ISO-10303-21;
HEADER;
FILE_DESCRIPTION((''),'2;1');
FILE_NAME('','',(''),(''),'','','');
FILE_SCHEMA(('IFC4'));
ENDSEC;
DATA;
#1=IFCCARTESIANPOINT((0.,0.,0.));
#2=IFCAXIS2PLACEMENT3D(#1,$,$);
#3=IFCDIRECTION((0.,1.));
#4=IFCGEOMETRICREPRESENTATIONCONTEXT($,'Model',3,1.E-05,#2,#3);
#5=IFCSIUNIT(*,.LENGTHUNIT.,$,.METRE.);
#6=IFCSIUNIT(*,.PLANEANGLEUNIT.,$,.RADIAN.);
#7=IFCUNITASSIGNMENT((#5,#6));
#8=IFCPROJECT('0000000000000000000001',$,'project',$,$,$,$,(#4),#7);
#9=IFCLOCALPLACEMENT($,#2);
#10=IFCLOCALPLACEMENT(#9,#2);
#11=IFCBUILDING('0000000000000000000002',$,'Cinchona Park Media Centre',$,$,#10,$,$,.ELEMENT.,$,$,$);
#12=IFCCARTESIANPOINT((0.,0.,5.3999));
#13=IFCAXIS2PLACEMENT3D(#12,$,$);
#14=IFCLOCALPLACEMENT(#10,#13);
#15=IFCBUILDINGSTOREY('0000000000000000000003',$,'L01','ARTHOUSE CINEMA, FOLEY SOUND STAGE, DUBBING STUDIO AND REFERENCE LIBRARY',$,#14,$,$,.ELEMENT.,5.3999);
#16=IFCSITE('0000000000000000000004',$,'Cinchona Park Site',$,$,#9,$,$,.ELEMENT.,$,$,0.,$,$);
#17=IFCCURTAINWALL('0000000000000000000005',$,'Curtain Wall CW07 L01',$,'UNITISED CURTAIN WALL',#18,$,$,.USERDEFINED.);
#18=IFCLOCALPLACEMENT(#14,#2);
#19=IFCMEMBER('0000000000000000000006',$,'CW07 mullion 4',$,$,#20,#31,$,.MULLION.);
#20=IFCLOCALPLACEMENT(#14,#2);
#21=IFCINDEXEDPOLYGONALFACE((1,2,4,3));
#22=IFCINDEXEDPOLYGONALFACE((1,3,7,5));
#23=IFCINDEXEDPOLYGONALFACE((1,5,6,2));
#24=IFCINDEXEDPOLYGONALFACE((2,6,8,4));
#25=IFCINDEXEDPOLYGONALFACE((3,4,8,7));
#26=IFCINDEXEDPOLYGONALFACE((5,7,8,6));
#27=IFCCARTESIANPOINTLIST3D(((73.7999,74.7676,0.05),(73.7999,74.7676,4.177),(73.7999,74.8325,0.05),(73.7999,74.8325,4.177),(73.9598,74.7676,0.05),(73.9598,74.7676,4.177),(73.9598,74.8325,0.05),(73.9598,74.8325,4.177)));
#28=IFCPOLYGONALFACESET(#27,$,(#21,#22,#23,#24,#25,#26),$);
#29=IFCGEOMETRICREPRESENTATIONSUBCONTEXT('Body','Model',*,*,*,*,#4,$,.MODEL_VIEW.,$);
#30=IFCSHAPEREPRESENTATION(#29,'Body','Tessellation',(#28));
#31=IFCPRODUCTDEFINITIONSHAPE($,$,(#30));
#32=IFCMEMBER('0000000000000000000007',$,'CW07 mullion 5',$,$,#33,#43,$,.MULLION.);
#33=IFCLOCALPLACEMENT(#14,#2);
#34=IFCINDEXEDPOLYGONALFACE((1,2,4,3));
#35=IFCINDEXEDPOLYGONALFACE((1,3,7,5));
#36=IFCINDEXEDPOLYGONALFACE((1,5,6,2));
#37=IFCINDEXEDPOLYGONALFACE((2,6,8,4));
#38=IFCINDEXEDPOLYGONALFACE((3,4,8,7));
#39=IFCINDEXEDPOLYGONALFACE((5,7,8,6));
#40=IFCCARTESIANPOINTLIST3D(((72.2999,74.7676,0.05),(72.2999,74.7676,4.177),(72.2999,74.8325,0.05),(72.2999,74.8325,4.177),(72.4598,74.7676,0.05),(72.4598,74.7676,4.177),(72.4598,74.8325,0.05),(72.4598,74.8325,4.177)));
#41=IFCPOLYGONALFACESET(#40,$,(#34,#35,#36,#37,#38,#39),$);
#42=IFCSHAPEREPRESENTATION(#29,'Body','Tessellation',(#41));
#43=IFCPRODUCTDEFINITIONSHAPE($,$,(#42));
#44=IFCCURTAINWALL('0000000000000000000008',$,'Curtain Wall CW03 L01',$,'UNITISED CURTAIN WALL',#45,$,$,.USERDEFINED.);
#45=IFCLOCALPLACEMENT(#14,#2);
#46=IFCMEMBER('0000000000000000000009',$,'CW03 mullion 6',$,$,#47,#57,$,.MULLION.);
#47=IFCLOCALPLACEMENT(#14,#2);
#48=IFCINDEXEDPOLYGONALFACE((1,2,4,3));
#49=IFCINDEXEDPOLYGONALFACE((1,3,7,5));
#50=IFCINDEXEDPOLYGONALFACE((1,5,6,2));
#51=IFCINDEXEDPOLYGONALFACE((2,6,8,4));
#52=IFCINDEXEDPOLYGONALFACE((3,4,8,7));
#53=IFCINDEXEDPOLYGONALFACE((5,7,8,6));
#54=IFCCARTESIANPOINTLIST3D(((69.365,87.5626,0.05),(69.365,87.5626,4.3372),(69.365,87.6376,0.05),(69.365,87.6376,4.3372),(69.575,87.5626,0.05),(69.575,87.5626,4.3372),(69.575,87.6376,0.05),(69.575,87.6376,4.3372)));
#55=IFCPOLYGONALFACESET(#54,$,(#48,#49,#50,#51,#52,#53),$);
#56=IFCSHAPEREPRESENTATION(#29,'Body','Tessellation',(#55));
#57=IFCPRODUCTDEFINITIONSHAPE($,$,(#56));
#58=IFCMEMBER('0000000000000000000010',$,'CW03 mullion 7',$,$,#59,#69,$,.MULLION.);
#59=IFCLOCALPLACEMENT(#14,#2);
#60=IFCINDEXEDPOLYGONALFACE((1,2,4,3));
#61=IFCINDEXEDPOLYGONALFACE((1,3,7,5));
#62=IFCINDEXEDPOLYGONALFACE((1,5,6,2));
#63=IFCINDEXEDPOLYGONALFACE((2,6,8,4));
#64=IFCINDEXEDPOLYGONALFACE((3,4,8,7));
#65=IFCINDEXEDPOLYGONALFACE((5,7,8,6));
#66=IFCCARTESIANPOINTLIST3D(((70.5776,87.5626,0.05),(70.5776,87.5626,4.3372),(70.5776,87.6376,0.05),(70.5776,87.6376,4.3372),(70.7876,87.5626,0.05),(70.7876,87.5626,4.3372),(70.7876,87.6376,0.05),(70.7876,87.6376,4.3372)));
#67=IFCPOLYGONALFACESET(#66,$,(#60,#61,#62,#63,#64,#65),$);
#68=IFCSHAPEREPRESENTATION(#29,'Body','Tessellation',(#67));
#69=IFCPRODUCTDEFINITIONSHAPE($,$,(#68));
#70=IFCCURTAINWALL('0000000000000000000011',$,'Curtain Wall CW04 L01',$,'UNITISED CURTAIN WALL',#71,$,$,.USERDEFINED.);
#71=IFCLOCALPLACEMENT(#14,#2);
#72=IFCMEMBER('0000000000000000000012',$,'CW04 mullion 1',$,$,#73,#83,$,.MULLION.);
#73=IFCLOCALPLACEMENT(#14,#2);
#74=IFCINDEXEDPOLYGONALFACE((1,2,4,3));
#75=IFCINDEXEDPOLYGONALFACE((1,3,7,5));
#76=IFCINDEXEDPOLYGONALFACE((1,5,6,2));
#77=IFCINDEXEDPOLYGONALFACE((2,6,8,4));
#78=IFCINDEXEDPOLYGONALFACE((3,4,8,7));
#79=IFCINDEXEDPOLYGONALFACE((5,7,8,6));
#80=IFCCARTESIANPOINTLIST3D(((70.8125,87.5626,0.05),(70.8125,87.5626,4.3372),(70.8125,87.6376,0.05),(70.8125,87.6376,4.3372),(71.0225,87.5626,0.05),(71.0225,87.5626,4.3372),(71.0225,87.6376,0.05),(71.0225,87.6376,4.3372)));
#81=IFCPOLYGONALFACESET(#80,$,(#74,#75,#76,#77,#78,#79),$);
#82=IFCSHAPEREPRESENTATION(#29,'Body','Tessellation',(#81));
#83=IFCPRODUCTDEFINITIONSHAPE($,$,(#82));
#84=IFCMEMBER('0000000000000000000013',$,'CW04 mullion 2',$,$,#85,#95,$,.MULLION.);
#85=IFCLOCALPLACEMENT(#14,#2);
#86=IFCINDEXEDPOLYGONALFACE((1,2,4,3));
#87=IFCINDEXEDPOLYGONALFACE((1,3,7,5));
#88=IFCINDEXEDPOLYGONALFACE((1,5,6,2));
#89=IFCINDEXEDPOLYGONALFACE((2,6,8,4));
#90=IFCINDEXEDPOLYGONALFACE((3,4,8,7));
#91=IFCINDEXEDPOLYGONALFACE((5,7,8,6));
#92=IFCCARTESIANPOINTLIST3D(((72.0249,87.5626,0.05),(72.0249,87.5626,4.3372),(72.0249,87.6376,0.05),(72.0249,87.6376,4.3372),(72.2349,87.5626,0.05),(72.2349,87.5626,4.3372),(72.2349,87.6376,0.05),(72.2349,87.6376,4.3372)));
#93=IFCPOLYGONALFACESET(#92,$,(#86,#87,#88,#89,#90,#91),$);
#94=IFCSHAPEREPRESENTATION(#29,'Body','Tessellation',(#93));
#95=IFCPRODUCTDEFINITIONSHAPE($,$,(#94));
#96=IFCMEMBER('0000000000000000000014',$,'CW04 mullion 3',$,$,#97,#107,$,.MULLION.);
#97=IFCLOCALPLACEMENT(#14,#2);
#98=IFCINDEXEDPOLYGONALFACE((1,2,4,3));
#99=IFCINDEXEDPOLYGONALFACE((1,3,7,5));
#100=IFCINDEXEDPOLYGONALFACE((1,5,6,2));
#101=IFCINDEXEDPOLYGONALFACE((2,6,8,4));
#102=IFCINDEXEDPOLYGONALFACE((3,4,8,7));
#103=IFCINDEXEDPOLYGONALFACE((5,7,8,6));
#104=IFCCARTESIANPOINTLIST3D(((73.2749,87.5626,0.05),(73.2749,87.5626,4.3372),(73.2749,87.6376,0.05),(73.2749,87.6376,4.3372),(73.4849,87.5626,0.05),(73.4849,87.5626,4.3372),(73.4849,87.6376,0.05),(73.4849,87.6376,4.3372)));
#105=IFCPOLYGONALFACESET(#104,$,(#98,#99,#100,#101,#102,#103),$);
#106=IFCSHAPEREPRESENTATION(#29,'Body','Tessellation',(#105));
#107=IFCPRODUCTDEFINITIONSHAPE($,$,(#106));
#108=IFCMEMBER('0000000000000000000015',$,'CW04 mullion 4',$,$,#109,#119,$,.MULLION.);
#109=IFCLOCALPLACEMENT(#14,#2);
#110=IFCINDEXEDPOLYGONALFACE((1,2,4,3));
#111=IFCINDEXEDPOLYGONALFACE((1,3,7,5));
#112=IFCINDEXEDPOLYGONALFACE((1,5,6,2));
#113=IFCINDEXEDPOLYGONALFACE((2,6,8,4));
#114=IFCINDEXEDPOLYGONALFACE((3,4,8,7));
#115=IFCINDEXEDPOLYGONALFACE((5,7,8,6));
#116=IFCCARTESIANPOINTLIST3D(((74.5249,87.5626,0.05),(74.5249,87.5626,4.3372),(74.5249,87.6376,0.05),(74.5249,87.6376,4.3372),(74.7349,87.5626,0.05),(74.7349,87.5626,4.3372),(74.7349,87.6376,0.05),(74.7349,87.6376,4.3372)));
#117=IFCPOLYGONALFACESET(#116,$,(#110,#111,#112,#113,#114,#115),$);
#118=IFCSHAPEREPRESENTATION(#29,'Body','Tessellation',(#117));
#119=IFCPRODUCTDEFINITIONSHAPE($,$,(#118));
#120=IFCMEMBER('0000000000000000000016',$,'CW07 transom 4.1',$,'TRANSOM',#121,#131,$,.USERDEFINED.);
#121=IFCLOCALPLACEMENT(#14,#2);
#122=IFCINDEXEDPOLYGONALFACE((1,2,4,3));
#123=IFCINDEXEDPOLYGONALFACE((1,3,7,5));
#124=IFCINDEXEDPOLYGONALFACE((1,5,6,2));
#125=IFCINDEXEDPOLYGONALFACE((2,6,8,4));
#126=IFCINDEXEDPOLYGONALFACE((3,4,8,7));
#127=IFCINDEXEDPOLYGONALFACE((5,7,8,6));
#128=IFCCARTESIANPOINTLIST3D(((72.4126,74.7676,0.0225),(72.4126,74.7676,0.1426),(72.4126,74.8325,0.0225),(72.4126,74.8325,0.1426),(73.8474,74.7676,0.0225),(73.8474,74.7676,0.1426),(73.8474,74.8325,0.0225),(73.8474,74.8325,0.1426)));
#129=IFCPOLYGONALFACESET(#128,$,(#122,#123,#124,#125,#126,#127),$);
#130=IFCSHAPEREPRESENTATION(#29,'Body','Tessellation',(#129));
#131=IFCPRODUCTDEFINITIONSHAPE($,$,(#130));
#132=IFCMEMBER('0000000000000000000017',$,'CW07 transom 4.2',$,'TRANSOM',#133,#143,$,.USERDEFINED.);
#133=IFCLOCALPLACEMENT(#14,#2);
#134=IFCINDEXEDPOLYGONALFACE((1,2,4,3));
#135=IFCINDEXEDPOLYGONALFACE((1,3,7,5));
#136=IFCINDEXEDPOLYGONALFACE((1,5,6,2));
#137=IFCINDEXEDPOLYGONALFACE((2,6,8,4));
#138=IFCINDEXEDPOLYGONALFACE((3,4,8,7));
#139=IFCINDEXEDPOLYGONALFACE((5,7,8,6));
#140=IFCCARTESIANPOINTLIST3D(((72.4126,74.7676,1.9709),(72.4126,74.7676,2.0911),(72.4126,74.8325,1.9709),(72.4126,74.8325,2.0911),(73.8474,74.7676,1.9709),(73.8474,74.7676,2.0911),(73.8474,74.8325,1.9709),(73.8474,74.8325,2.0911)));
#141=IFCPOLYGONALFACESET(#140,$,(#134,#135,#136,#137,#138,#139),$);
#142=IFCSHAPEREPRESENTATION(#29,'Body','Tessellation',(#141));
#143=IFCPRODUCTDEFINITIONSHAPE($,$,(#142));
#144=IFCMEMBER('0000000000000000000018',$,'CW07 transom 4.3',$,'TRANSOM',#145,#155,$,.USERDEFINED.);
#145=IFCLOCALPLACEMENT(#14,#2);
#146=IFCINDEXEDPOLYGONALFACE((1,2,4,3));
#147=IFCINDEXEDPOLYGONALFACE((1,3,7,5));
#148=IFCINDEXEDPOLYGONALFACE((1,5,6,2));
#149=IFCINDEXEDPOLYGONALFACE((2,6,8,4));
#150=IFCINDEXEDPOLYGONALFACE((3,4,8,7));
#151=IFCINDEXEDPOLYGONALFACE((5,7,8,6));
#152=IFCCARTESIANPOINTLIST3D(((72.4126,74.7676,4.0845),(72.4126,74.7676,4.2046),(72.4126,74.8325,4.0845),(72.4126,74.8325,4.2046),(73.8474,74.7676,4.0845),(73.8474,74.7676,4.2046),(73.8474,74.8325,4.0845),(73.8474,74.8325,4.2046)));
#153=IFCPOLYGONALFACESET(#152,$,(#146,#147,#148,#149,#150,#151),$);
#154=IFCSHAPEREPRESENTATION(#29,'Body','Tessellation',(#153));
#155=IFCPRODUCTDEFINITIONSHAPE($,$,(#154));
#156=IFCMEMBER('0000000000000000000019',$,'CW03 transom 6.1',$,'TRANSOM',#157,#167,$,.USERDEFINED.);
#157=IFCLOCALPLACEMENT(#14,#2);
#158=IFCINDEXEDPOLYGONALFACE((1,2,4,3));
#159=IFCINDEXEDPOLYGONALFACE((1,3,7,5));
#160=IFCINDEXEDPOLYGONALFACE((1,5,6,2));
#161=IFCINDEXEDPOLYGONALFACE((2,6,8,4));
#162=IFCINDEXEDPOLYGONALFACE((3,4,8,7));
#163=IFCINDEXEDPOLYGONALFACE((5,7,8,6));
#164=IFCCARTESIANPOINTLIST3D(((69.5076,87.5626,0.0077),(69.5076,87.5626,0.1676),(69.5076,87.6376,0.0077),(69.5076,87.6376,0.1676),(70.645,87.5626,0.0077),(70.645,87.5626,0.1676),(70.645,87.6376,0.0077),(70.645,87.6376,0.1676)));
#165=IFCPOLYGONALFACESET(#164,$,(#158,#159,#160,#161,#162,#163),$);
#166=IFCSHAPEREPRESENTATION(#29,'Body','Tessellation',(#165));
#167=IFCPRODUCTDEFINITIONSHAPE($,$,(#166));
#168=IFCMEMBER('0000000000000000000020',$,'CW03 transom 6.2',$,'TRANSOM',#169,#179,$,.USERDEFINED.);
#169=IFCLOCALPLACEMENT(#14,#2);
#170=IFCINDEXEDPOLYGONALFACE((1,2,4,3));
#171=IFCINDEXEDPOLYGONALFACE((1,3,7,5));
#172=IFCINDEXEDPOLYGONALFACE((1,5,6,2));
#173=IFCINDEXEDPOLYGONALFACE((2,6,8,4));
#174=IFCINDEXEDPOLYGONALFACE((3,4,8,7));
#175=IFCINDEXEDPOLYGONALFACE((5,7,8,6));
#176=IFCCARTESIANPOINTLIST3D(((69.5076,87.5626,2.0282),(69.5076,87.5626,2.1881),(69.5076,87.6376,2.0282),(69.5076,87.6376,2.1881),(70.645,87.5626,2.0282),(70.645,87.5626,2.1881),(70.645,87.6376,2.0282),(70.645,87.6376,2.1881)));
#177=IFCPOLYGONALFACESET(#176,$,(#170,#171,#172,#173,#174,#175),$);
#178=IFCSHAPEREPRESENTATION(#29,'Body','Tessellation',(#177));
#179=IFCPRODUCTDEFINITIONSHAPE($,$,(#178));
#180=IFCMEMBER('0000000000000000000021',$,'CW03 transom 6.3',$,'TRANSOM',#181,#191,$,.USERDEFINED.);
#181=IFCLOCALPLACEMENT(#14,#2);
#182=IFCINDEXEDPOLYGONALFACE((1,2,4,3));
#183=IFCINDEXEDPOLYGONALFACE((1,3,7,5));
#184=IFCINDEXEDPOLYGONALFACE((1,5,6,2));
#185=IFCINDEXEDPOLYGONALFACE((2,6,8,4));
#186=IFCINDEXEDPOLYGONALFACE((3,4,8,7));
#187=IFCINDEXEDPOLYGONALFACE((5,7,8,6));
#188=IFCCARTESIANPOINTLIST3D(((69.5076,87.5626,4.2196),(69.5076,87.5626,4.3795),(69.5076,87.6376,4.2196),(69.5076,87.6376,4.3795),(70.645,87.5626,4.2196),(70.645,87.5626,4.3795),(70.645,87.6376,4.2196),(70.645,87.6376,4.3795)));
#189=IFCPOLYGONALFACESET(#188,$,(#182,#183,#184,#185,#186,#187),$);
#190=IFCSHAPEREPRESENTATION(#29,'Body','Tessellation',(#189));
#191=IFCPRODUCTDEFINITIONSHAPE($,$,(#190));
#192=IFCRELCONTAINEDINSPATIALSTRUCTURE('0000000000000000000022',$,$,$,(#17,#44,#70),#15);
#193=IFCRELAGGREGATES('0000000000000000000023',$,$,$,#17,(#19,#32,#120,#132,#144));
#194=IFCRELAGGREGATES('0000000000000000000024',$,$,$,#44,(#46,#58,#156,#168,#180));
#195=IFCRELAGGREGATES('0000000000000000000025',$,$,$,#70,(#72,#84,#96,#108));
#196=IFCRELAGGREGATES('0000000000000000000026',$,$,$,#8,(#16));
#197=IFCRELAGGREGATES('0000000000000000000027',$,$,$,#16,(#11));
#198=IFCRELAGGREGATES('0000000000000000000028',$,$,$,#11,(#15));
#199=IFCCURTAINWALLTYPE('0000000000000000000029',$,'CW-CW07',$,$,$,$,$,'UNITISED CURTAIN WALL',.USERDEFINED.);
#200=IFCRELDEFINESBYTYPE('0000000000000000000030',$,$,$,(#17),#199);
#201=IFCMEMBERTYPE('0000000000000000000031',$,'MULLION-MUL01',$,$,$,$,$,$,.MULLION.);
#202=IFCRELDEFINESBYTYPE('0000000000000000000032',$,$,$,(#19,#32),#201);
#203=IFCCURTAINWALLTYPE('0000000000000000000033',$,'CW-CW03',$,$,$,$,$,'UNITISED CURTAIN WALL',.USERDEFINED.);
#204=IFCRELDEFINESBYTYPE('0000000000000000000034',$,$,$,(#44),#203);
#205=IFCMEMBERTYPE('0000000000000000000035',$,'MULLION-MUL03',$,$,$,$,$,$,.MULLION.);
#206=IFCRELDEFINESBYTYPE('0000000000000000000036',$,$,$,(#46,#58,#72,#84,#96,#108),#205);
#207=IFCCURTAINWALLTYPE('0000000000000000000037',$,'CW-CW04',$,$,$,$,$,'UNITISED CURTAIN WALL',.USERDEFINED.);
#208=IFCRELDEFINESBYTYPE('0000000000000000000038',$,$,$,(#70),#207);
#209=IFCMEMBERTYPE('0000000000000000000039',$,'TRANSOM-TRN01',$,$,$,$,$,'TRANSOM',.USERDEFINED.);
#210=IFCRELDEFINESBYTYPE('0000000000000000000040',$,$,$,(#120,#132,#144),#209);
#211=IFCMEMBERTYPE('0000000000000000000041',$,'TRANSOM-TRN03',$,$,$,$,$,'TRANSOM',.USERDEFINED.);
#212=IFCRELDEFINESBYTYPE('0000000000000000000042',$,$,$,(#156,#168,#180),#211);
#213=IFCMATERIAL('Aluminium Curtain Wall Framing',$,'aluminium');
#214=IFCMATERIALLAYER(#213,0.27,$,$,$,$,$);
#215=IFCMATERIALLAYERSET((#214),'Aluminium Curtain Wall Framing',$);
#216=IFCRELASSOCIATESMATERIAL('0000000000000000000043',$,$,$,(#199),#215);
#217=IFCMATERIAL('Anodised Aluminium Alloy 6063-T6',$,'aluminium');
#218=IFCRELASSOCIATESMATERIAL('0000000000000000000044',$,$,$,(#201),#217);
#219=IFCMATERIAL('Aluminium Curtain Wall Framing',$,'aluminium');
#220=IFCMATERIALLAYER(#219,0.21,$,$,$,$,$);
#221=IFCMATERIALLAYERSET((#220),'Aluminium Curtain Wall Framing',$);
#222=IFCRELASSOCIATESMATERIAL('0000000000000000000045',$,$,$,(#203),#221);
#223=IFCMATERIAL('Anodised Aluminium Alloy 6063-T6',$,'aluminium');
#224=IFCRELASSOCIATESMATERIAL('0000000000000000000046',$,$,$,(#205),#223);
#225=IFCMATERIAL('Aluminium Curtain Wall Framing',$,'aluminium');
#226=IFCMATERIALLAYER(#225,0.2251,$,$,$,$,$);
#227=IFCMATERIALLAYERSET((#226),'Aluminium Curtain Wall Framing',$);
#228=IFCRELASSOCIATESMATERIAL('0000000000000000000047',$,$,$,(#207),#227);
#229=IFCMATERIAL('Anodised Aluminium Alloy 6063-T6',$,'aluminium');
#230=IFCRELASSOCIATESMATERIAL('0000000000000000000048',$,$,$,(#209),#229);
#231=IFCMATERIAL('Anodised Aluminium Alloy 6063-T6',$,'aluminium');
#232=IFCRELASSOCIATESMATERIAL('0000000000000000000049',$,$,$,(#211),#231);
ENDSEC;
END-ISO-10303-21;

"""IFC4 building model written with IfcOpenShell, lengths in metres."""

from ifc_helpers import new_model, si_unit, direction, frame, origin, origin_2d, place, context, subcontext, project, spatial, rectangle, extrude, material, layer, layer_set, material_profile, profile_set, type_object, element, aggregate, save


model = new_model("IFC4")

# Units and contexts
model_context = context("Model", 3, precision=1e-05, world=origin(), true_north=direction((0.0, 1.0)))
body_context = subcontext(model_context, "Body", "Model", "MODEL_VIEW")
ifc_project = project(units=[si_unit("LENGTHUNIT", "METRE"), si_unit("PLANEANGLEUNIT", "RADIAN")], contexts=[model_context])

# Site, building, storey
site_placement = place(None, origin())
site = spatial("IfcSite", under=ifc_project, at=site_placement, Name="Cinchona Park Site", CompositionType="ELEMENT", RefElevation=0.0)
building_placement = place(site_placement, origin())
building = spatial("IfcBuilding", under=site, at=building_placement, Name="Cinchona Park Media Centre", CompositionType="ELEMENT")
storey_placement = place(building_placement, frame((0.0, 0.0, 5.3999)))
storey = spatial("IfcBuildingStorey", under=building, at=storey_placement, Name="L01", Description="ARTHOUSE CINEMA, FOLEY SOUND STAGE, DUBBING STUDIO AND REFERENCE LIBRARY", CompositionType="ELEMENT", Elevation=5.3999)

# Curtain walls, members
ifc_material_1 = material(Name="Aluminium Curtain Wall Framing", Category="aluminium")
ifc_layer_1 = layer(ifc_material_1, 0.27)
ifc_layer_set_1 = layer_set([ifc_layer_1], Name="Aluminium Curtain Wall Framing")
curtain_wall_type_1 = type_object("IfcCurtainWallType", Name="CW-CW07", ElementType="UNITISED CURTAIN WALL", PredefinedType="USERDEFINED", material=ifc_layer_set_1)
curtain_wall_1_placement = place(storey_placement, origin())
curtain_wall_1 = element("IfcCurtainWall", 1, at=curtain_wall_1_placement, inside=storey, type_object=curtain_wall_type_1, Name="Curtain Wall CW07 L01", ObjectType="UNITISED CURTAIN WALL", PredefinedType="USERDEFINED")
ifc_material_2 = material(Name="Anodised Aluminium Alloy 6063-T6", Category="aluminium")
ifc_material_profile_1 = material_profile(ifc_material_2, rectangle(XDim=0.0649, YDim=0.1599, at=origin_2d()), Name="MUL-65X160")
ifc_profile_set_1 = profile_set([ifc_material_profile_1], Name="Anodised Aluminium Alloy 6063-T6")
member_type_1 = type_object("IfcMemberType", Name="MULLION-MUL01", PredefinedType="MULLION", material=ifc_profile_set_1)
member_1_placement = place(storey_placement, frame((73.8799, 74.8, 0.05), z_axis=(0.0, 0.0, 1.0), x_axis=(0.0, -1.0, 0.0)))
member_1 = element("IfcMember", 2, at=member_1_placement, type_object=member_type_1, Name="CW07 mullion 4", PredefinedType="MULLION", context=body_context, shape_type="SweptSolid", body=[
    extrude(rectangle(XDim=0.0649, YDim=0.1599, at=origin_2d()), origin(), (0.0, 0.0, 1.0), 4.127),
])
member_2_placement = place(storey_placement, frame((72.3799, 74.8, 0.05), z_axis=(0.0, 0.0, 1.0), x_axis=(0.0, -1.0, 0.0)))
member_2 = element("IfcMember", 3, at=member_2_placement, type_object=member_type_1, Name="CW07 mullion 5", PredefinedType="MULLION", context=body_context, shape_type="SweptSolid", body=[
    extrude(rectangle(XDim=0.0649, YDim=0.1599, at=origin_2d()), origin(), (0.0, 0.0, 1.0), 4.127),
])
ifc_material_3 = material(Name="Aluminium Curtain Wall Framing", Category="aluminium")
ifc_layer_2 = layer(ifc_material_3, 0.21)
ifc_layer_set_2 = layer_set([ifc_layer_2], Name="Aluminium Curtain Wall Framing")
curtain_wall_type_2 = type_object("IfcCurtainWallType", Name="CW-CW03", ElementType="UNITISED CURTAIN WALL", PredefinedType="USERDEFINED", material=ifc_layer_set_2)
curtain_wall_2_placement = place(storey_placement, origin())
curtain_wall_2 = element("IfcCurtainWall", 4, at=curtain_wall_2_placement, inside=storey, type_object=curtain_wall_type_2, Name="Curtain Wall CW03 L01", ObjectType="UNITISED CURTAIN WALL", PredefinedType="USERDEFINED")
ifc_material_4 = material(Name="Anodised Aluminium Alloy 6063-T6", Category="aluminium")
ifc_material_profile_2 = material_profile(ifc_material_4, rectangle(XDim=0.075, YDim=0.21, at=origin_2d()), Name="MUL-75X210")
ifc_profile_set_2 = profile_set([ifc_material_profile_2], Name="Anodised Aluminium Alloy 6063-T6")
member_type_2 = type_object("IfcMemberType", Name="MULLION-MUL03", PredefinedType="MULLION", material=ifc_profile_set_2)
member_3_placement = place(storey_placement, frame((69.47, 87.6001, 0.05), z_axis=(0.0, 0.0, 1.0), x_axis=(0.0, 1.0, 0.0)))
member_3 = element("IfcMember", 5, at=member_3_placement, type_object=member_type_2, Name="CW03 mullion 6", PredefinedType="MULLION", context=body_context, shape_type="SweptSolid", body=[
    extrude(rectangle(XDim=0.075, YDim=0.21, at=origin_2d()), origin(), (0.0, 0.0, 1.0), 4.2871),
])
member_4_placement = place(storey_placement, frame((70.6826, 87.6001, 0.05), z_axis=(0.0, 0.0, 1.0), x_axis=(0.0, 1.0, 0.0)))
member_4 = element("IfcMember", 6, at=member_4_placement, type_object=member_type_2, Name="CW03 mullion 7", PredefinedType="MULLION", context=body_context, shape_type="SweptSolid", body=[
    extrude(rectangle(XDim=0.075, YDim=0.21, at=origin_2d()), origin(), (0.0, 0.0, 1.0), 4.2871),
])
ifc_material_5 = material(Name="Aluminium Curtain Wall Framing", Category="aluminium")
ifc_layer_3 = layer(ifc_material_5, 0.2251)
ifc_layer_set_3 = layer_set([ifc_layer_3], Name="Aluminium Curtain Wall Framing")
curtain_wall_type_3 = type_object("IfcCurtainWallType", Name="CW-CW04", ElementType="UNITISED CURTAIN WALL", PredefinedType="USERDEFINED", material=ifc_layer_set_3)
curtain_wall_3_placement = place(storey_placement, origin())
curtain_wall_3 = element("IfcCurtainWall", 7, at=curtain_wall_3_placement, inside=storey, type_object=curtain_wall_type_3, Name="Curtain Wall CW04 L01", ObjectType="UNITISED CURTAIN WALL", PredefinedType="USERDEFINED")
member_5_placement = place(storey_placement, frame((70.9175, 87.6001, 0.05), z_axis=(0.0, 0.0, 1.0), x_axis=(0.0, 1.0, 0.0)))
member_5 = element("IfcMember", 8, at=member_5_placement, type_object=member_type_2, Name="CW04 mullion 1", PredefinedType="MULLION", context=body_context, shape_type="SweptSolid", body=[
    extrude(rectangle(XDim=0.075, YDim=0.21, at=origin_2d()), origin(), (0.0, 0.0, 1.0), 4.2871),
])
member_6_placement = place(storey_placement, frame((72.1299, 87.6001, 0.05), z_axis=(0.0, 0.0, 1.0), x_axis=(0.0, 1.0, 0.0)))
member_6 = element("IfcMember", 9, at=member_6_placement, type_object=member_type_2, Name="CW04 mullion 2", PredefinedType="MULLION", context=body_context, shape_type="SweptSolid", body=[
    extrude(rectangle(XDim=0.075, YDim=0.21, at=origin_2d()), origin(), (0.0, 0.0, 1.0), 4.2871),
])
member_7_placement = place(storey_placement, frame((73.3799, 87.6001, 0.05), z_axis=(0.0, 0.0, 1.0), x_axis=(0.0, 1.0, 0.0)))
member_7 = element("IfcMember", 10, at=member_7_placement, type_object=member_type_2, Name="CW04 mullion 3", PredefinedType="MULLION", context=body_context, shape_type="SweptSolid", body=[
    extrude(rectangle(XDim=0.075, YDim=0.21, at=origin_2d()), origin(), (0.0, 0.0, 1.0), 4.2871),
])
member_8_placement = place(storey_placement, frame((74.6299, 87.6001, 0.05), z_axis=(0.0, 0.0, 1.0), x_axis=(0.0, 1.0, 0.0)))
member_8 = element("IfcMember", 11, at=member_8_placement, type_object=member_type_2, Name="CW04 mullion 4", PredefinedType="MULLION", context=body_context, shape_type="SweptSolid", body=[
    extrude(rectangle(XDim=0.075, YDim=0.21, at=origin_2d()), origin(), (0.0, 0.0, 1.0), 4.2871),
])

# Members
ifc_material_6 = material(Name="Anodised Aluminium Alloy 6063-T6", Category="aluminium")
ifc_material_profile_3 = material_profile(ifc_material_6, rectangle(XDim=0.0649, YDim=0.1201, at=origin_2d()), Name="TRN-65X120")
ifc_profile_set_3 = profile_set([ifc_material_profile_3], Name="Anodised Aluminium Alloy 6063-T6")
member_type_3 = type_object("IfcMemberType", Name="TRANSOM-TRN01", ElementType="TRANSOM", PredefinedType="USERDEFINED", material=ifc_profile_set_3)
member_9_placement = place(storey_placement, frame((73.8474, 74.8, 0.0825), z_axis=(-1.0, 0.0, 0.0), x_axis=(0.0, -1.0, 0.0)))
member_9 = element("IfcMember", 12, at=member_9_placement, type_object=member_type_3, Name="CW07 transom 4.1", ObjectType="TRANSOM", PredefinedType="USERDEFINED", context=body_context, shape_type="SweptSolid", body=[
    extrude(rectangle(XDim=0.0649, YDim=0.1201, at=origin_2d()), origin(), (0.0, 0.0, 1.0), 1.4348),
])
member_10_placement = place(storey_placement, frame((73.8474, 74.8, 2.031), z_axis=(-1.0, 0.0, 0.0), x_axis=(0.0, -1.0, 0.0)))
member_10 = element("IfcMember", 13, at=member_10_placement, type_object=member_type_3, Name="CW07 transom 4.2", ObjectType="TRANSOM", PredefinedType="USERDEFINED", context=body_context, shape_type="SweptSolid", body=[
    extrude(rectangle(XDim=0.0649, YDim=0.1201, at=origin_2d()), origin(), (0.0, 0.0, 1.0), 1.4348),
])
member_11_placement = place(storey_placement, frame((73.8474, 74.8, 4.1445), z_axis=(-1.0, 0.0, 0.0), x_axis=(0.0, -1.0, 0.0)))
member_11 = element("IfcMember", 14, at=member_11_placement, type_object=member_type_3, Name="CW07 transom 4.3", ObjectType="TRANSOM", PredefinedType="USERDEFINED", context=body_context, shape_type="SweptSolid", body=[
    extrude(rectangle(XDim=0.0649, YDim=0.1201, at=origin_2d()), origin(), (0.0, 0.0, 1.0), 1.4348),
])
ifc_material_7 = material(Name="Anodised Aluminium Alloy 6063-T6", Category="aluminium")
ifc_material_profile_4 = material_profile(ifc_material_7, rectangle(XDim=0.075, YDim=0.1599, at=origin_2d()), Name="TRN-75X160")
ifc_profile_set_4 = profile_set([ifc_material_profile_4], Name="Anodised Aluminium Alloy 6063-T6")
member_type_4 = type_object("IfcMemberType", Name="TRANSOM-TRN03", ElementType="TRANSOM", PredefinedType="USERDEFINED", material=ifc_profile_set_4)
member_12_placement = place(storey_placement, frame((69.5076, 87.6001, 0.0876), z_axis=(1.0, 0.0, 0.0), x_axis=(0.0, 1.0, 0.0)))
member_12 = element("IfcMember", 15, at=member_12_placement, type_object=member_type_4, Name="CW03 transom 6.1", ObjectType="TRANSOM", PredefinedType="USERDEFINED", context=body_context, shape_type="SweptSolid", body=[
    extrude(rectangle(XDim=0.075, YDim=0.1599, at=origin_2d()), origin(), (0.0, 0.0, 1.0), 1.1375),
])
member_13_placement = place(storey_placement, frame((69.5076, 87.6001, 2.1082), z_axis=(1.0, 0.0, 0.0), x_axis=(0.0, 1.0, 0.0)))
member_13 = element("IfcMember", 16, at=member_13_placement, type_object=member_type_4, Name="CW03 transom 6.2", ObjectType="TRANSOM", PredefinedType="USERDEFINED", context=body_context, shape_type="SweptSolid", body=[
    extrude(rectangle(XDim=0.075, YDim=0.1599, at=origin_2d()), origin(), (0.0, 0.0, 1.0), 1.1375),
])
member_14_placement = place(storey_placement, frame((69.5076, 87.6001, 4.2996), z_axis=(1.0, 0.0, 0.0), x_axis=(0.0, 1.0, 0.0)))
member_14 = element("IfcMember", 17, at=member_14_placement, type_object=member_type_4, Name="CW03 transom 6.3", ObjectType="TRANSOM", PredefinedType="USERDEFINED", context=body_context, shape_type="SweptSolid", body=[
    extrude(rectangle(XDim=0.075, YDim=0.1599, at=origin_2d()), origin(), (0.0, 0.0, 1.0), 1.1375),
])

aggregate(curtain_wall_1, [member_1, member_2, member_9, member_10, member_11])
aggregate(curtain_wall_2, [member_3, member_4, member_12, member_13, member_14])
aggregate(curtain_wall_3, [member_5, member_6, member_7, member_8])

save(model, "model.ifc")
